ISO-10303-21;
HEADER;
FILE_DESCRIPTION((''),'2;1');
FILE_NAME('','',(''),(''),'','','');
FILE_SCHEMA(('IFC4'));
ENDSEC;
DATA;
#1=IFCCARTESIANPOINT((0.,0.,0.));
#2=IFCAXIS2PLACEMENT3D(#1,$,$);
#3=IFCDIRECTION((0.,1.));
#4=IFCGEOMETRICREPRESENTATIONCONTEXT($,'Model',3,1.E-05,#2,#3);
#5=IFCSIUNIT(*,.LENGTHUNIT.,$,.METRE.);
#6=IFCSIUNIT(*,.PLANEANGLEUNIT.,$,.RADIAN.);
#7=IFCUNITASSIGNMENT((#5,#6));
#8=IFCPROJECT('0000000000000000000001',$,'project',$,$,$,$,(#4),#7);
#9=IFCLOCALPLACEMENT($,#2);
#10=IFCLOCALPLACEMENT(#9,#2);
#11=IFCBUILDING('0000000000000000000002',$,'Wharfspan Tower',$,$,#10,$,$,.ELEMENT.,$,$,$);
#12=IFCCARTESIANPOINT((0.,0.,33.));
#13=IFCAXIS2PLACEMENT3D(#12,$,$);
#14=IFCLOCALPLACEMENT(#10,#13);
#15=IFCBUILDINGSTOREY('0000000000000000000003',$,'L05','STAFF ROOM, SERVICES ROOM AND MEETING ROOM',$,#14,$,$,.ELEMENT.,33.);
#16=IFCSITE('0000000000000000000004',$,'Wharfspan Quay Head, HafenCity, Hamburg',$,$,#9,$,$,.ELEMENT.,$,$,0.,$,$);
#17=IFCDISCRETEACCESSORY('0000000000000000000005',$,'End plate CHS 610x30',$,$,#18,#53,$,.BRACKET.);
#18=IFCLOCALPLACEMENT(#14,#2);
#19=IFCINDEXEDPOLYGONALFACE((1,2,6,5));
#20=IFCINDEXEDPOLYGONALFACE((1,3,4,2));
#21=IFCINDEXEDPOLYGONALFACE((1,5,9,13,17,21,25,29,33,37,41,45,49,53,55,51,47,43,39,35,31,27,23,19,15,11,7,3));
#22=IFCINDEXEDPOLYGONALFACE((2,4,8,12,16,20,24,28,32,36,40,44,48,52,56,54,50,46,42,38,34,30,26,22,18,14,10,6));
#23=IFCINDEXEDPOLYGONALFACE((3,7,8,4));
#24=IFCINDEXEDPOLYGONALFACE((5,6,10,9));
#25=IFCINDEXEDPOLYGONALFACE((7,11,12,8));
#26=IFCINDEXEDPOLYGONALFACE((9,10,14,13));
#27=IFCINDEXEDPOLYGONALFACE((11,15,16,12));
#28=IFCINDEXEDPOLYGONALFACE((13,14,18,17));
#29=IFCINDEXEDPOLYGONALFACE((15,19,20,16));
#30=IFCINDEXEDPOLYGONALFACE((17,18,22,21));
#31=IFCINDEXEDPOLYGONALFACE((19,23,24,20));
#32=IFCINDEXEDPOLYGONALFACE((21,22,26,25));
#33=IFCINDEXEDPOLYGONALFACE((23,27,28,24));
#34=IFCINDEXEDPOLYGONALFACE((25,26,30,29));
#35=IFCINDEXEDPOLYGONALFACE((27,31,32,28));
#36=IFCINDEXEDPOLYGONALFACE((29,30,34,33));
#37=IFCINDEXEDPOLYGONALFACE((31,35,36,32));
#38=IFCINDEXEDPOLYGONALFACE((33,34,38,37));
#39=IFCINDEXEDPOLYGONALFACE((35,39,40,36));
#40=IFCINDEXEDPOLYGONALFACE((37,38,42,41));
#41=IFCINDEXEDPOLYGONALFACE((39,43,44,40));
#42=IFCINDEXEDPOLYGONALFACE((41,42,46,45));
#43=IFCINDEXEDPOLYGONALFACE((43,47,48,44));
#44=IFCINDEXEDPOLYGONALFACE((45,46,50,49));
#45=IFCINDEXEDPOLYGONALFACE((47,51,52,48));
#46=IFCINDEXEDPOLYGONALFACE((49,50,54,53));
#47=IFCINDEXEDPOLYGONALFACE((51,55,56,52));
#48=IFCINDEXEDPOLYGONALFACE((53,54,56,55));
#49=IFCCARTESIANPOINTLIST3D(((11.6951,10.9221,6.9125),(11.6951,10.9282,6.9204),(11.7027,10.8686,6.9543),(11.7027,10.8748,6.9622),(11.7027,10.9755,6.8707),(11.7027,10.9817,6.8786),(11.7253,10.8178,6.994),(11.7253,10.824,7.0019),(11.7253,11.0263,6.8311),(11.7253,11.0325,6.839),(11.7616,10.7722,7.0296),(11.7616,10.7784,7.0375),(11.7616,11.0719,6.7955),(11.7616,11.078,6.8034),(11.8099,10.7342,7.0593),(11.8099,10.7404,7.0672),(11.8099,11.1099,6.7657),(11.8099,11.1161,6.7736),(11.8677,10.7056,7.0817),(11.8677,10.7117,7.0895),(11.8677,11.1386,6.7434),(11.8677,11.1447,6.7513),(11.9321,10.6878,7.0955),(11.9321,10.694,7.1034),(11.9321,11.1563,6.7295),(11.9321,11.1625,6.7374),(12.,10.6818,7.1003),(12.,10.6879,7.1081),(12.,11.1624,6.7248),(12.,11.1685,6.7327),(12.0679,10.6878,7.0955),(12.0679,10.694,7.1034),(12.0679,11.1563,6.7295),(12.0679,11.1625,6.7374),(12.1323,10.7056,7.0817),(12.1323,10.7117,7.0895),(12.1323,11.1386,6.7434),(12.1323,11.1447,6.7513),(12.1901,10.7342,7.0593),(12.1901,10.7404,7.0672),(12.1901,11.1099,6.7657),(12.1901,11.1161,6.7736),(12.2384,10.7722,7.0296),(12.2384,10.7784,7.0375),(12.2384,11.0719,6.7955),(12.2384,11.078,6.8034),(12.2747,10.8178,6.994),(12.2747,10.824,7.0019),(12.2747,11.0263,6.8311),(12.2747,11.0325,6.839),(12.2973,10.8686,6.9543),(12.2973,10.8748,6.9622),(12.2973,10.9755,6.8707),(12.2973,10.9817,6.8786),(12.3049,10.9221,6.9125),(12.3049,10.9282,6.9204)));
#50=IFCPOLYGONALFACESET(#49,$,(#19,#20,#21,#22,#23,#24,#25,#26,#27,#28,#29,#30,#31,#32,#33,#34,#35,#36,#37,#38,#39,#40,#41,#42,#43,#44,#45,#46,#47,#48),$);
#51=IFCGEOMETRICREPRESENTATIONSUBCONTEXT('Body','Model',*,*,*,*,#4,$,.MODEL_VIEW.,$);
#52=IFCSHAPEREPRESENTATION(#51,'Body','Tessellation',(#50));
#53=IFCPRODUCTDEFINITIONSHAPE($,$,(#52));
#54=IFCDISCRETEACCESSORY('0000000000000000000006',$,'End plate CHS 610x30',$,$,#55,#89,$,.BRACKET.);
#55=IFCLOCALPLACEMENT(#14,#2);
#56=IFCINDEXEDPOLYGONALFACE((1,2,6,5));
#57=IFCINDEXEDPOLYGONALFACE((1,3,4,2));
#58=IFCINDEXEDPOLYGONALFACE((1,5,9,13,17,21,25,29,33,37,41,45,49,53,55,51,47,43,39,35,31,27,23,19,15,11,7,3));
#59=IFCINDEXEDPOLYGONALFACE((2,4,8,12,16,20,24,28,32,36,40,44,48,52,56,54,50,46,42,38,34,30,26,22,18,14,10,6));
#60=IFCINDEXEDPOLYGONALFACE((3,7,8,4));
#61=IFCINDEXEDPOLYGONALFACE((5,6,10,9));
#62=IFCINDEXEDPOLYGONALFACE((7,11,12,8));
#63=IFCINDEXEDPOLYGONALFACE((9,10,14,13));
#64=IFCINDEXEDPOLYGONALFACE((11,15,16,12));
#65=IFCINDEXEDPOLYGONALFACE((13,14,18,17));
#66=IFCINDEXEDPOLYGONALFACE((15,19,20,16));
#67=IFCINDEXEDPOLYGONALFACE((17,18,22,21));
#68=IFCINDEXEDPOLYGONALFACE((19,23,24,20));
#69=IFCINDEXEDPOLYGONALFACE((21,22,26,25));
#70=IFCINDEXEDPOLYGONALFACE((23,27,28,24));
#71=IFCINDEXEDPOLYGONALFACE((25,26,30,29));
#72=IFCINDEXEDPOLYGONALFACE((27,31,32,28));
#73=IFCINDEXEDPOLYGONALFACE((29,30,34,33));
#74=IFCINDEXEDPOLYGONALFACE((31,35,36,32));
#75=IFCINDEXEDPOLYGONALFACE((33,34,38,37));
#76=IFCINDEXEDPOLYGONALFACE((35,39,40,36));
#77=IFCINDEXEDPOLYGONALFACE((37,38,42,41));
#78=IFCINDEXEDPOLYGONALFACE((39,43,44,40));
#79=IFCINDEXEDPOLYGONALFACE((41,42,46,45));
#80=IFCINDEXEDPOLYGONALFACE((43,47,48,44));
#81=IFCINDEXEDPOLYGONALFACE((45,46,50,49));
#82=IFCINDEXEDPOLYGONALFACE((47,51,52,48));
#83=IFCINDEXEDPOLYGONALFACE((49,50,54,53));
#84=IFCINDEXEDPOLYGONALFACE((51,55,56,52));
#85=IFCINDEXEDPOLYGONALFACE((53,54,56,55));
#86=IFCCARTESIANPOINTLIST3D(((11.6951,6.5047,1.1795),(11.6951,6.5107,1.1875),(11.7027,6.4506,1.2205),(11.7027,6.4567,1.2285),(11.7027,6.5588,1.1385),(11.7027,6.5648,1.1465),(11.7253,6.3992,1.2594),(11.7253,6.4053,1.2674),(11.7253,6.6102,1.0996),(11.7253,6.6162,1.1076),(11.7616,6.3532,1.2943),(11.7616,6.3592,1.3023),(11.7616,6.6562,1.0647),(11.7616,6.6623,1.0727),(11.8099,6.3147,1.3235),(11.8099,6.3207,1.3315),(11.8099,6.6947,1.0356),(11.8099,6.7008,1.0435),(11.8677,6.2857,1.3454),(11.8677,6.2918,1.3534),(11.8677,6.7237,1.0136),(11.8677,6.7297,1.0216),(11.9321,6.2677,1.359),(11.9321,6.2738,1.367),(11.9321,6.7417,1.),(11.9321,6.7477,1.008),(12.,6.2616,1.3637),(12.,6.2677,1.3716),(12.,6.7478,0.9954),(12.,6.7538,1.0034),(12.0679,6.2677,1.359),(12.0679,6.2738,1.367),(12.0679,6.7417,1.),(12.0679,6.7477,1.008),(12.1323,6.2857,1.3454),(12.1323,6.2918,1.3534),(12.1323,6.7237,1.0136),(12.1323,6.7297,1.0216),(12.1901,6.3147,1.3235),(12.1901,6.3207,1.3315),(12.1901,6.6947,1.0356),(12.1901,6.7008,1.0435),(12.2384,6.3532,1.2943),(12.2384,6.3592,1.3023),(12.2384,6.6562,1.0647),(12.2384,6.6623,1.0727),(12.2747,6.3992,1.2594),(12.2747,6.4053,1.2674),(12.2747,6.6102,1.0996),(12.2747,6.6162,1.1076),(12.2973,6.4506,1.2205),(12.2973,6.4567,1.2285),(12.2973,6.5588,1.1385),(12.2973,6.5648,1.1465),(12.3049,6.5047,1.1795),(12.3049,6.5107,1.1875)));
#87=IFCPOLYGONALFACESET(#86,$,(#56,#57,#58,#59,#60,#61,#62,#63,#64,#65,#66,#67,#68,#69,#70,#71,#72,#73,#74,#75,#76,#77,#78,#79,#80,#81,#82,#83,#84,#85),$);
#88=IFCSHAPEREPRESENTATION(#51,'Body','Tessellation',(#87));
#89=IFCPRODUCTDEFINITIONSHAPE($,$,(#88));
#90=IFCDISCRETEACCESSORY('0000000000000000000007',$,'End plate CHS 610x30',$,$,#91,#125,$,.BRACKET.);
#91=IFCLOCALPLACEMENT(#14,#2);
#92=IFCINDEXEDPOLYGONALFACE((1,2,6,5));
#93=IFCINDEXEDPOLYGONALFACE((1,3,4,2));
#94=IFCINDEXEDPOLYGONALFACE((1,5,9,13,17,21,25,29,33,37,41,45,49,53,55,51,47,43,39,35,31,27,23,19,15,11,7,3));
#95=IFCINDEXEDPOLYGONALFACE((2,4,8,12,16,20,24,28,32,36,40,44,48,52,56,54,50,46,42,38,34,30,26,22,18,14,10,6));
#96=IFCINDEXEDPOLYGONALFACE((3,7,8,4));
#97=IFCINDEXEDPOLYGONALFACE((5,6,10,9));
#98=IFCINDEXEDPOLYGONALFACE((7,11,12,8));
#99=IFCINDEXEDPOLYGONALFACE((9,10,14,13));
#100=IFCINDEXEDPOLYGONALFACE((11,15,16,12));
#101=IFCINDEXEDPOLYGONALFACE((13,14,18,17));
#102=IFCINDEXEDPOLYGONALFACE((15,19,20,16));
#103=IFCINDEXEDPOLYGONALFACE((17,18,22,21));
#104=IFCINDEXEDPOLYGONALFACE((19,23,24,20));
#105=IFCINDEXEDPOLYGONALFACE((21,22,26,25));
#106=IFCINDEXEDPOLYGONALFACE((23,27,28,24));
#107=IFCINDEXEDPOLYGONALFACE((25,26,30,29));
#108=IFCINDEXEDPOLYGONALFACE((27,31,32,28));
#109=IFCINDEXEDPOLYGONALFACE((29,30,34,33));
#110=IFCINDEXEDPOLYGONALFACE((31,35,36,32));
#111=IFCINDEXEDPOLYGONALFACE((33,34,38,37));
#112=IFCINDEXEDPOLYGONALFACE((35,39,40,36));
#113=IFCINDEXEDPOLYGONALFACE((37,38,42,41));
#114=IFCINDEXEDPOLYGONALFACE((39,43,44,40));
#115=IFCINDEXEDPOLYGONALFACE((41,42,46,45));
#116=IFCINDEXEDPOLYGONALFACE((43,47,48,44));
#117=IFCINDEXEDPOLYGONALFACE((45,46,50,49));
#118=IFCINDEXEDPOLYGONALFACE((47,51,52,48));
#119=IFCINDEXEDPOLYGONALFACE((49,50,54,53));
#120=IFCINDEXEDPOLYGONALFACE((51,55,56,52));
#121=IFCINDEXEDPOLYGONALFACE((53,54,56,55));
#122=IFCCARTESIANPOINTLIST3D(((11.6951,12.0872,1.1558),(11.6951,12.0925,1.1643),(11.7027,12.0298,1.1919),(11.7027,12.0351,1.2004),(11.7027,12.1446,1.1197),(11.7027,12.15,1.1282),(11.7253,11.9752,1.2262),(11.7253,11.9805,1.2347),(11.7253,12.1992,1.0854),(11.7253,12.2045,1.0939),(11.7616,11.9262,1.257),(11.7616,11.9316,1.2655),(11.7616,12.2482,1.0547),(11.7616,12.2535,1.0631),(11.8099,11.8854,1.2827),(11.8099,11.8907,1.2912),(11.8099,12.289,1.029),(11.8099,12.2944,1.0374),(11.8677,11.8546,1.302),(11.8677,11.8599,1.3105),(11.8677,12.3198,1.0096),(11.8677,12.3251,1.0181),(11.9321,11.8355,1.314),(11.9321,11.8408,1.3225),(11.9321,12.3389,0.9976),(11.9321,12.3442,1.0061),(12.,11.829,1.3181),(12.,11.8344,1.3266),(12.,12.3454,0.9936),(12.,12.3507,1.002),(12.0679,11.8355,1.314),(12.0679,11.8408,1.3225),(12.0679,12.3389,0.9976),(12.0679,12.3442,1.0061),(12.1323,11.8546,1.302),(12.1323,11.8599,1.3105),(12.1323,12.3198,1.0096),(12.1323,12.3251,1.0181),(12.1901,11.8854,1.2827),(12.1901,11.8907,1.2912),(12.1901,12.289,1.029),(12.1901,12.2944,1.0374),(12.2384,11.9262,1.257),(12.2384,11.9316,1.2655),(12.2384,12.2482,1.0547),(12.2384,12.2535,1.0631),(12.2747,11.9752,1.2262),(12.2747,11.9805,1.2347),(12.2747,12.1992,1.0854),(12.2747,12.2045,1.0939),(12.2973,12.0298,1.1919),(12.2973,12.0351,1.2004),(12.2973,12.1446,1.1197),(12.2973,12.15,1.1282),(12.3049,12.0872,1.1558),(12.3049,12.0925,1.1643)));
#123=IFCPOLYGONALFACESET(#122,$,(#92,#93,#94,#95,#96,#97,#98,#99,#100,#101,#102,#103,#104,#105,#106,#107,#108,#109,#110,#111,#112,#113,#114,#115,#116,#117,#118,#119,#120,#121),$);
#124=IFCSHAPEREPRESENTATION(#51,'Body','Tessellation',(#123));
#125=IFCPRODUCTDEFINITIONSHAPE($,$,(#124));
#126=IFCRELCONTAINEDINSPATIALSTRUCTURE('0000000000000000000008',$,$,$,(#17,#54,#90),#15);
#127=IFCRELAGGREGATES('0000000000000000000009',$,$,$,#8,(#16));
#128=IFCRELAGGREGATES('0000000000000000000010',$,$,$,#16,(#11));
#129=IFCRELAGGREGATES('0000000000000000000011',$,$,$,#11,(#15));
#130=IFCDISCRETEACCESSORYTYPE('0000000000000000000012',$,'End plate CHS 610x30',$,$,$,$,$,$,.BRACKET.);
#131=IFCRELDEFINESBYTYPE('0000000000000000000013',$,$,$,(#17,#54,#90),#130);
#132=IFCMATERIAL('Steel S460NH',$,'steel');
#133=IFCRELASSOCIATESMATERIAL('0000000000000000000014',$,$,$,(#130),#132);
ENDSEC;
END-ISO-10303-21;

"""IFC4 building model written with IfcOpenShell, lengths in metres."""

from ifc_helpers import new_model, si_unit, direction, frame, origin, origin_2d, place, context, subcontext, project, spatial, circle, extrude, material, material_profile, profile_set, type_object, element, save


model = new_model("IFC4")

# Units and contexts
model_context = context("Model", 3, precision=1e-05, world=origin(), true_north=direction((0.0, 1.0)))
body_context = subcontext(model_context, "Body", "Model", "MODEL_VIEW")
ifc_project = project(units=[si_unit("LENGTHUNIT", "METRE"), si_unit("PLANEANGLEUNIT", "RADIAN")], contexts=[model_context])

# Site, building, storey
site_placement = place(None, origin())
site = spatial("IfcSite", under=ifc_project, at=site_placement, Name="Wharfspan Quay Head, HafenCity, Hamburg", CompositionType="ELEMENT", RefElevation=0.0)
building_placement = place(site_placement, origin())
building = spatial("IfcBuilding", under=site, at=building_placement, Name="Wharfspan Tower", CompositionType="ELEMENT")
storey_placement = place(building_placement, frame((0.0, 0.0, 33.0)))
storey = spatial("IfcBuildingStorey", under=building, at=storey_placement, Name="L05", Description="STAFF ROOM, SERVICES ROOM AND MEETING ROOM", CompositionType="ELEMENT", Elevation=33.0)

# Shared definitions
ifc_material_1 = material(Name="Steel S460NH", Category="steel")

# Discrete accessories
ifc_material_profile_1 = material_profile(ifc_material_1, circle(Radius=0.3049, at=origin_2d()))
ifc_profile_set_1 = profile_set([ifc_material_profile_1], Name="Steel S460NH")
discrete_accessory_type = type_object("IfcDiscreteAccessoryType", Name="End plate CHS 610x30", PredefinedType="BRACKET", material=ifc_profile_set_1)
for number, where, z_axis, x_axis, name in (
    (1, (12.0, 10.9282, 6.9204), (0.0, -0.615644, -0.788024), (1.0, 0.0, 0.0), "End plate CHS 610x30"),
    (2, (12.0, 6.5107, 1.1875), (0.0, -0.603858, -0.797092), (1.0, 0.0, 0.0), "End plate CHS 610x30"),
    (3, (12.0, 12.0925, 1.1643), (0.0, -0.532172, -0.846637), (1.0, 0.0, 0.0), "End plate CHS 610x30"),
):
    element("IfcDiscreteAccessory", number, at=place(storey_placement, frame(where, z_axis=z_axis, x_axis=x_axis)), inside=storey, type_object=discrete_accessory_type, Name=name, PredefinedType="BRACKET", context=body_context, shape_type="SweptSolid", body=[
        extrude(circle(Radius=0.3049, at=origin_2d()), origin(), (0.0, 0.0, 1.0), 0.01),
    ])

save(model, "model.ifc")
